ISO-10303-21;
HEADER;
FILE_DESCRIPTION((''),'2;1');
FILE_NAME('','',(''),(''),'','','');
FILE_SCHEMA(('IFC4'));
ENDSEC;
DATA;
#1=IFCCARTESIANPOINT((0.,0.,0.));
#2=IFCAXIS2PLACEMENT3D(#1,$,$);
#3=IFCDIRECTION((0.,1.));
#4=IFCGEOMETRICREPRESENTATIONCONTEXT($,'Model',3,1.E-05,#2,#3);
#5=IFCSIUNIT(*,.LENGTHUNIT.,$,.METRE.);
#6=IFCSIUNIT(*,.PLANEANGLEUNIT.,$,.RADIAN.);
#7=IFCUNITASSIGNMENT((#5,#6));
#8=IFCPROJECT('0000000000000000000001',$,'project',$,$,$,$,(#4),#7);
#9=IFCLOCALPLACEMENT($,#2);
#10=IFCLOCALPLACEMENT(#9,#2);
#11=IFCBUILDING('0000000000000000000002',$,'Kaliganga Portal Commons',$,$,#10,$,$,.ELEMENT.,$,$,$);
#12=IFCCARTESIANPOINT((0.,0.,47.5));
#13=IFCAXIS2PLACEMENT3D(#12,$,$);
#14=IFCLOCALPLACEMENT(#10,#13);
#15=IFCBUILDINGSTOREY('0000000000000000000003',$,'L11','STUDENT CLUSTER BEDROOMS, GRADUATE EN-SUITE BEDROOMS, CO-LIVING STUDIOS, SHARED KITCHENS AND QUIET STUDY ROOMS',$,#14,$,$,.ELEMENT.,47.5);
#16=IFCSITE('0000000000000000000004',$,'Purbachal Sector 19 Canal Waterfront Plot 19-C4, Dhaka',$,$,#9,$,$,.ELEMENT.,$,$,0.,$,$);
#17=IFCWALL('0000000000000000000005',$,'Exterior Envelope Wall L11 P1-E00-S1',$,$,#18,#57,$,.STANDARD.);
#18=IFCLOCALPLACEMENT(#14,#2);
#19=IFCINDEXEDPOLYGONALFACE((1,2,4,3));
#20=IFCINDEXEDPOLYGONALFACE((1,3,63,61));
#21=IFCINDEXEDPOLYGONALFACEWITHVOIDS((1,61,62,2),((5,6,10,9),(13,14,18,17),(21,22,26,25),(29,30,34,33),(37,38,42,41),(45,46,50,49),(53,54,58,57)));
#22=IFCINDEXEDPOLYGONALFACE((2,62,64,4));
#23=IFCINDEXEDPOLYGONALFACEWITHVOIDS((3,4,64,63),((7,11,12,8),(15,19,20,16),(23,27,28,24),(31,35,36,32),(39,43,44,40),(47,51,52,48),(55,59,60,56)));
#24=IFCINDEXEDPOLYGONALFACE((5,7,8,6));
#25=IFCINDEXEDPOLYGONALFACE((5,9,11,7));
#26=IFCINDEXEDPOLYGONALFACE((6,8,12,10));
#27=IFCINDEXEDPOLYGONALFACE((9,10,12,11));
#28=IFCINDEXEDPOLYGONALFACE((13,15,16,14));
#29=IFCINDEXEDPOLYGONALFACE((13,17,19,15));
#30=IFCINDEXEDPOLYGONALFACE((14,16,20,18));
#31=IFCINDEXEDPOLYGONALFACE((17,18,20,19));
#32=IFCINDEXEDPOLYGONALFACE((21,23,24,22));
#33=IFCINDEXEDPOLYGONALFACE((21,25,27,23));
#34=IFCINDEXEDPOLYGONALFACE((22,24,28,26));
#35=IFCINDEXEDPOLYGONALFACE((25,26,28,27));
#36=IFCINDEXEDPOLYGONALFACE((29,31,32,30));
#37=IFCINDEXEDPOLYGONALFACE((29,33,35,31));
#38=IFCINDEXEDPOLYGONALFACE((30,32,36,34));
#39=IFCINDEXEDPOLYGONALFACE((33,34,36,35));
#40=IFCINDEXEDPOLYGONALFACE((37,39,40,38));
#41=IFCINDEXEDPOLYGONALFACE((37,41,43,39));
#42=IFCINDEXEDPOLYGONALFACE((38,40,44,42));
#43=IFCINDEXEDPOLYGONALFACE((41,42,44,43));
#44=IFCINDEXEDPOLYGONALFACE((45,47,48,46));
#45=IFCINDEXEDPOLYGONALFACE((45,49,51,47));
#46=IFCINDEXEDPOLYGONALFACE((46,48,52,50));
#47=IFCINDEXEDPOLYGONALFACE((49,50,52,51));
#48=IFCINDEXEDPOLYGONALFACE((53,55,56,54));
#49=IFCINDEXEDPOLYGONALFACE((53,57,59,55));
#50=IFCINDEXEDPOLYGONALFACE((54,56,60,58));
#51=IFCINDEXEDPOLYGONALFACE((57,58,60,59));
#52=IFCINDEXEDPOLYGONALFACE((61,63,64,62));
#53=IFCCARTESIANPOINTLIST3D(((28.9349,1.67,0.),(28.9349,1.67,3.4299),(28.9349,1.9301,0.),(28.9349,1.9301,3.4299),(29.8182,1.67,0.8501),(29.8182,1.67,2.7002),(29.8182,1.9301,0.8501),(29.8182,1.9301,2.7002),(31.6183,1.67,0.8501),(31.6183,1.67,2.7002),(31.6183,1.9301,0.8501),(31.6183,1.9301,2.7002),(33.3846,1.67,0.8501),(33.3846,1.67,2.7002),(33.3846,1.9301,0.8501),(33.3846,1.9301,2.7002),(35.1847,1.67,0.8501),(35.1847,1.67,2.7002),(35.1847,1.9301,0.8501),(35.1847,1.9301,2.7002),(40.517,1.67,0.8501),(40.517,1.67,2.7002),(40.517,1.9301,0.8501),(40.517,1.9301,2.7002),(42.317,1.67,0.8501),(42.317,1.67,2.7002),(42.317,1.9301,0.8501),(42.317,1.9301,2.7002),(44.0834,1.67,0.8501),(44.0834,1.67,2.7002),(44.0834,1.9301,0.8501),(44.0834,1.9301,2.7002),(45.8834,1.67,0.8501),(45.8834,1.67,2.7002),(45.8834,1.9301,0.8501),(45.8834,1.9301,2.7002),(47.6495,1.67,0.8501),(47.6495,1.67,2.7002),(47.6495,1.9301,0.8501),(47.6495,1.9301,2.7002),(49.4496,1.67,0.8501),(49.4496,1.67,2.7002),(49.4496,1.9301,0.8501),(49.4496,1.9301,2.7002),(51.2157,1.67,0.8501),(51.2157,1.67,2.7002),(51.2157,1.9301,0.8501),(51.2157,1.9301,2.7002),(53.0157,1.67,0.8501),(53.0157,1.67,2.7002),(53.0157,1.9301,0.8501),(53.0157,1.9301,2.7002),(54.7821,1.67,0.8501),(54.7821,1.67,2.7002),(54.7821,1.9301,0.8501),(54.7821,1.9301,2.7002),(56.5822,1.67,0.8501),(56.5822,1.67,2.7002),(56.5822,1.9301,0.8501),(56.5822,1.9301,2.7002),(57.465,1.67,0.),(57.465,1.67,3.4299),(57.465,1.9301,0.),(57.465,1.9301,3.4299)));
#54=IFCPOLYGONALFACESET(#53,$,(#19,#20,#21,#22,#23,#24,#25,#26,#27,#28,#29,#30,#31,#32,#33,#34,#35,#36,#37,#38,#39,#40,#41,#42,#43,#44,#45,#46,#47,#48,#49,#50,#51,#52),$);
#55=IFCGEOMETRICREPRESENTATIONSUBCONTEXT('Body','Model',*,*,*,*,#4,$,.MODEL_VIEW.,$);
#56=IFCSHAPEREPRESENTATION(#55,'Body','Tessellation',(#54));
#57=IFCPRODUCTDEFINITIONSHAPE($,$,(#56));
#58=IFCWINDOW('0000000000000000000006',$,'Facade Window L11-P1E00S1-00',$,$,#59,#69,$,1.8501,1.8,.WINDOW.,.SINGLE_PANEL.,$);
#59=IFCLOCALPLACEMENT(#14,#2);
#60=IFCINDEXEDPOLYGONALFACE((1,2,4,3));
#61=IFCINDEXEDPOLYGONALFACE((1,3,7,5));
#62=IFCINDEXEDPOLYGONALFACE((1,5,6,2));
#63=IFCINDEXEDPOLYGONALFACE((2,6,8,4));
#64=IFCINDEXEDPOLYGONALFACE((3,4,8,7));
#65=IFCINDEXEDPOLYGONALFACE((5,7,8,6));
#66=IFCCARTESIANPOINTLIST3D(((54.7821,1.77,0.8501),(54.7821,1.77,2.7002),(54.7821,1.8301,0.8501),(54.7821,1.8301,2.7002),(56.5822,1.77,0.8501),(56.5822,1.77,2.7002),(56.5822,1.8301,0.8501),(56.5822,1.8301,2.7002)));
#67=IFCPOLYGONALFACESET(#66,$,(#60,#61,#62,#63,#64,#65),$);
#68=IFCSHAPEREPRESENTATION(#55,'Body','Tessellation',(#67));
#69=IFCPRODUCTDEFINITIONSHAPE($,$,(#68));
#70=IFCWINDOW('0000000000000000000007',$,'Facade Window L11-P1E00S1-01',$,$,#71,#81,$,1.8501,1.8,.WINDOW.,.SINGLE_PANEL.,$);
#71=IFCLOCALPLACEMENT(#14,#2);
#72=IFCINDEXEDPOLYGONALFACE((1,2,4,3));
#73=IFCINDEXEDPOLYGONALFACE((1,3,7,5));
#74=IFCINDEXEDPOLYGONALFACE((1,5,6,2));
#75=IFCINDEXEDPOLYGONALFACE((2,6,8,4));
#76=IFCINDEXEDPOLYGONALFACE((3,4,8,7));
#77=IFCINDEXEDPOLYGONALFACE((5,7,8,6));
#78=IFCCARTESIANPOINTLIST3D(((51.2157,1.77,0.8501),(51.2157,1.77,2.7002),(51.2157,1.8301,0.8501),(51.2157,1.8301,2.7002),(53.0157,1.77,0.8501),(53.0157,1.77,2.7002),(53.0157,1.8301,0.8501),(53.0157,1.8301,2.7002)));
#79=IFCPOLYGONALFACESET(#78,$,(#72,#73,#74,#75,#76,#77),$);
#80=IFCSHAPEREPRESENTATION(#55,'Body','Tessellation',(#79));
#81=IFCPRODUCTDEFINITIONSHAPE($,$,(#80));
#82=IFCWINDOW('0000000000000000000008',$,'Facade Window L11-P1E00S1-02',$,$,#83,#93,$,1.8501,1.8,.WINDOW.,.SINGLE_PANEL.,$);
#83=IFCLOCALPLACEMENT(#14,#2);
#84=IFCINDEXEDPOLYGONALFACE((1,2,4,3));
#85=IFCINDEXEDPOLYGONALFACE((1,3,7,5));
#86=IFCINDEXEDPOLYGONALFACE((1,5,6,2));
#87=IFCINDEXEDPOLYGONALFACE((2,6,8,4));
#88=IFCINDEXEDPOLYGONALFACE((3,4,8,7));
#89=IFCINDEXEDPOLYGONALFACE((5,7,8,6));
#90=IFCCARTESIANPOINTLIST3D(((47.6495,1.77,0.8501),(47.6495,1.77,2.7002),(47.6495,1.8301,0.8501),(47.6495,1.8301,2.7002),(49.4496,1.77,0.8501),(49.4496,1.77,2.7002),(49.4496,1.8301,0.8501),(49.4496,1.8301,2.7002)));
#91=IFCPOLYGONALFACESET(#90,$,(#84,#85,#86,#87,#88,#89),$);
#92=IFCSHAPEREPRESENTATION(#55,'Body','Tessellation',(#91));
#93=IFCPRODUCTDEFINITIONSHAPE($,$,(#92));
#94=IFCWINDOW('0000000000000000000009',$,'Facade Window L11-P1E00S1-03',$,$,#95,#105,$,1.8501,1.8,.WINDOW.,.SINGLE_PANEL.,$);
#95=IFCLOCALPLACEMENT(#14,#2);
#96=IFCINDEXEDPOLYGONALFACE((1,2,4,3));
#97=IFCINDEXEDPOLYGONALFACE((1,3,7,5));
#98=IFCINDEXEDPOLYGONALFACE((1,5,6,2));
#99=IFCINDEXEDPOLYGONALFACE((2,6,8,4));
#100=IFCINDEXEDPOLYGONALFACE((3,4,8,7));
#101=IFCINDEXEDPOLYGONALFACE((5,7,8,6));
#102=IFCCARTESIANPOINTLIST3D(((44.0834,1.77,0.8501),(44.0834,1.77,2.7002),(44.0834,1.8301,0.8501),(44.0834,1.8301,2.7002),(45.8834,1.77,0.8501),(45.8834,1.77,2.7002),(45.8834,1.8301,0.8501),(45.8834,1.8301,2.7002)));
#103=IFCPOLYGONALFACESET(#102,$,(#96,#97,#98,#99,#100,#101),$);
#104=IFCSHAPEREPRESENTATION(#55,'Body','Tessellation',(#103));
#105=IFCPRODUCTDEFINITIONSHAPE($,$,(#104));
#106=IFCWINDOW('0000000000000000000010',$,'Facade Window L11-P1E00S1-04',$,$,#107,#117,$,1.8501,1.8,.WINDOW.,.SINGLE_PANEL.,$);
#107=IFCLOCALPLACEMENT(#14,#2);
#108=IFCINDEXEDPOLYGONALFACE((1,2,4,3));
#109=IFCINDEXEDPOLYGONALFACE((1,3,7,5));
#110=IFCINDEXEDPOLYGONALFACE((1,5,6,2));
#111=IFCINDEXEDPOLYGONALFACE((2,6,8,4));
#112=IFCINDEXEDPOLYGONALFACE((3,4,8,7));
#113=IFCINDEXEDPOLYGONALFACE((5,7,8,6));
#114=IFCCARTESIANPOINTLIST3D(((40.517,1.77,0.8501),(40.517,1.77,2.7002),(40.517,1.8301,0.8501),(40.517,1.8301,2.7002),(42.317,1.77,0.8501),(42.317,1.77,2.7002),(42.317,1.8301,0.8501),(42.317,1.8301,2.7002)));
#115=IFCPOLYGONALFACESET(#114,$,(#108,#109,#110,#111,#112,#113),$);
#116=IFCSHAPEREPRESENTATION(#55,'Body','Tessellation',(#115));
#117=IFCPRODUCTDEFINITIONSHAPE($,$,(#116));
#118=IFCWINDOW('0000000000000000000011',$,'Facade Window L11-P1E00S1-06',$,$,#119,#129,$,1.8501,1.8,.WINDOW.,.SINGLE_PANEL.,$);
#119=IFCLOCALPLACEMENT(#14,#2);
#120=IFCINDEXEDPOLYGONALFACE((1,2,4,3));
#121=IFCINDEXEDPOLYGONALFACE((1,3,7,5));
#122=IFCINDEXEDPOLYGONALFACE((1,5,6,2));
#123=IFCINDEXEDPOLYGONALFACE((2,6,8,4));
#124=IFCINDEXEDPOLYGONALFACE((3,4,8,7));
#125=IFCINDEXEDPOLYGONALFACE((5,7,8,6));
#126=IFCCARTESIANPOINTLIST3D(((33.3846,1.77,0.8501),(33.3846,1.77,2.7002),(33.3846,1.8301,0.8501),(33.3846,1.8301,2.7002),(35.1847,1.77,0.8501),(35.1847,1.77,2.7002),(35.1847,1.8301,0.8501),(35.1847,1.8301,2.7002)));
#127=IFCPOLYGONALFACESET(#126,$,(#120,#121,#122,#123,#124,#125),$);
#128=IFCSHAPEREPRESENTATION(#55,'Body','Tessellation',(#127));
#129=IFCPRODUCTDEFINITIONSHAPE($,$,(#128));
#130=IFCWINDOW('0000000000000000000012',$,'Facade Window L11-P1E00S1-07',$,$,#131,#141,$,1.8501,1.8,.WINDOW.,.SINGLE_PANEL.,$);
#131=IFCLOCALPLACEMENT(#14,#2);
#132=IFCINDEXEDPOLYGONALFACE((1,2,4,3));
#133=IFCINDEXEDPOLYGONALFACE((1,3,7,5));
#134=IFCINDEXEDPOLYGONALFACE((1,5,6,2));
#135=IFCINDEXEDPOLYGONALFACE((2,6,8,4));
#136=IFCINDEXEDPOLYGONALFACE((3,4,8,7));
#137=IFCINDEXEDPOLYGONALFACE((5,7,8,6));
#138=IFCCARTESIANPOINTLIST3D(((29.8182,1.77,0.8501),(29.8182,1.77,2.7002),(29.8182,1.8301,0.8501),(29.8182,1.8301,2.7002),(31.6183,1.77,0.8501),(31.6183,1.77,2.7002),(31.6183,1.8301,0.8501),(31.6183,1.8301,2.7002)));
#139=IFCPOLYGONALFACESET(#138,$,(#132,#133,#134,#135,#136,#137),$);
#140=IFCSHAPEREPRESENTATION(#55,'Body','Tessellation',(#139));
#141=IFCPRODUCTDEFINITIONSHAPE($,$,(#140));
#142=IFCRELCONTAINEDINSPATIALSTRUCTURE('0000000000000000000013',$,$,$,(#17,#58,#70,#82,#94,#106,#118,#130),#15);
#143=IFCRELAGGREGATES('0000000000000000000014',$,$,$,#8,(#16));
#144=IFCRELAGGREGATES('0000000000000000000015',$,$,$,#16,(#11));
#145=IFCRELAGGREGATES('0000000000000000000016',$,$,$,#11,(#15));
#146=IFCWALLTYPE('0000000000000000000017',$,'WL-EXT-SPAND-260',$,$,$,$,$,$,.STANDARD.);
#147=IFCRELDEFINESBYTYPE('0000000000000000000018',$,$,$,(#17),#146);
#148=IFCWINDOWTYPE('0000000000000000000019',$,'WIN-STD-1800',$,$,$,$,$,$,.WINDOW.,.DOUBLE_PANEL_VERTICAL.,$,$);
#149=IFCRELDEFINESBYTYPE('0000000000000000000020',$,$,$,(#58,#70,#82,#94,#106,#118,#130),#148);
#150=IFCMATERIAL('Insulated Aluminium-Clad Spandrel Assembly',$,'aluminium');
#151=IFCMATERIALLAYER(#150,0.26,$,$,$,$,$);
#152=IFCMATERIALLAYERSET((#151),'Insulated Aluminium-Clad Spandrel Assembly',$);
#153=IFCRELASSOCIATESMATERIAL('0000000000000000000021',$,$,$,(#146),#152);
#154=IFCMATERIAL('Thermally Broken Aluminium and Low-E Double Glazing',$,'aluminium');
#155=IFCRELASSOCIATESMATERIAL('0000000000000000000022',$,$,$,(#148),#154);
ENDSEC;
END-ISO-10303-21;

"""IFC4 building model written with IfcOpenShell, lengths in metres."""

from ifc_helpers import new_model, si_unit, direction, frame, frame_2d, origin, place, context, subcontext, project, spatial, rectangle, extrude, material, layer, layer_set, type_object, element, fill, save


model = new_model("IFC4")

# Units and contexts
model_context = context("Model", 3, precision=1e-05, world=origin(), true_north=direction((0.0, 1.0)))
body_context = subcontext(model_context, "Body", "Model", "MODEL_VIEW")
ifc_project = project(units=[si_unit("LENGTHUNIT", "METRE"), si_unit("PLANEANGLEUNIT", "RADIAN")], contexts=[model_context])

# Site, building, storey
site_placement = place(None, origin())
site = spatial("IfcSite", under=ifc_project, at=site_placement, Name="Purbachal Sector 19 Canal Waterfront Plot 19-C4, Dhaka", CompositionType="ELEMENT", RefElevation=0.0)
building_placement = place(site_placement, origin())
building = spatial("IfcBuilding", under=site, at=building_placement, Name="Kaliganga Portal Commons", CompositionType="ELEMENT")
storey_placement = place(building_placement, frame((0.0, 0.0, 47.5)))
storey = spatial("IfcBuildingStorey", under=building, at=storey_placement, Name="L11", Description="STUDENT CLUSTER BEDROOMS, GRADUATE EN-SUITE BEDROOMS, CO-LIVING STUDIOS, SHARED KITCHENS AND QUIET STUDY ROOMS", CompositionType="ELEMENT", Elevation=47.5)

# Wall, openings, windows
ifc_material_1 = material(Name="Insulated Aluminium-Clad Spandrel Assembly", Category="aluminium")
ifc_layer_1 = layer(ifc_material_1, 0.26)
ifc_layer_set_1 = layer_set([ifc_layer_1], Name="Insulated Aluminium-Clad Spandrel Assembly")
wall_type_1 = type_object("IfcWallType", Name="WL-EXT-SPAND-260", PredefinedType="STANDARD", material=ifc_layer_set_1)
wall_1_placement = place(storey_placement, frame((57.4651, 1.8, 0.0), z_axis=(0.0, 0.0, 1.0), x_axis=(-1.0, 0.0, 0.0)))
wall_1 = element("IfcWall", 1, at=wall_1_placement, inside=storey, type_object=wall_type_1, Name="Exterior Envelope Wall L11 P1-E00-S1", PredefinedType="STANDARD", context=body_context, shape_type="SweptSolid", body=[
    extrude(rectangle(XDim=28.53, YDim=0.26, at=frame_2d((14.2651, 0.0))), origin(), (0.0, 0.0, 1.0), 3.4299),
])
opening_1_placement = place(wall_1_placement, frame((0.8831, 0.0, 0.8501)))
opening_1 = element("IfcOpeningElement", 2, at=opening_1_placement, cuts=wall_1, PredefinedType="OPENING", context=body_context, shape_type="SweptSolid", body=[
    extrude(rectangle(XDim=1.8, YDim=1.8501, at=frame_2d((0.8999, 0.925))), frame((0.0, 0.1401, 0.0), z_axis=(0.0, -1.0, 0.0), x_axis=(1.0, 0.0, 0.0)), (0.0, 0.0, 1.0), 0.28),
])
opening_2_placement = place(wall_1_placement, frame((4.4495, 0.0, 0.8501)))
opening_2 = element("IfcOpeningElement", 3, at=opening_2_placement, cuts=wall_1, PredefinedType="OPENING", context=body_context, shape_type="SweptSolid", body=[
    extrude(rectangle(XDim=1.8, YDim=1.8501, at=frame_2d((0.8999, 0.925))), frame((0.0, 0.1401, 0.0), z_axis=(0.0, -1.0, 0.0), x_axis=(1.0, 0.0, 0.0)), (0.0, 0.0, 1.0), 0.28),
])
opening_3_placement = place(wall_1_placement, frame((8.0156, 0.0, 0.8501)))
opening_3 = element("IfcOpeningElement", 4, at=opening_3_placement, cuts=wall_1, PredefinedType="OPENING", context=body_context, shape_type="SweptSolid", body=[
    extrude(rectangle(XDim=1.8, YDim=1.8501, at=frame_2d((0.8999, 0.925))), frame((0.0, 0.1401, 0.0), z_axis=(0.0, -1.0, 0.0), x_axis=(1.0, 0.0, 0.0)), (0.0, 0.0, 1.0), 0.28),
])
opening_4_placement = place(wall_1_placement, frame((11.5818, 0.0, 0.8501)))
opening_4 = element("IfcOpeningElement", 5, at=opening_4_placement, cuts=wall_1, PredefinedType="OPENING", context=body_context, shape_type="SweptSolid", body=[
    extrude(rectangle(XDim=1.8, YDim=1.8501, at=frame_2d((0.8999, 0.925))), frame((0.0, 0.1401, 0.0), z_axis=(0.0, -1.0, 0.0), x_axis=(1.0, 0.0, 0.0)), (0.0, 0.0, 1.0), 0.28),
])
opening_5_placement = place(wall_1_placement, frame((15.1482, 0.0, 0.8501)))
opening_5 = element("IfcOpeningElement", 6, at=opening_5_placement, cuts=wall_1, PredefinedType="OPENING", context=body_context, shape_type="SweptSolid", body=[
    extrude(rectangle(XDim=1.8, YDim=1.8501, at=frame_2d((0.8999, 0.925))), frame((0.0, 0.1401, 0.0), z_axis=(0.0, -1.0, 0.0), x_axis=(1.0, 0.0, 0.0)), (0.0, 0.0, 1.0), 0.28),
])
opening_6_placement = place(wall_1_placement, frame((22.2805, 0.0, 0.8501)))
opening_6 = element("IfcOpeningElement", 7, at=opening_6_placement, cuts=wall_1, PredefinedType="OPENING", context=body_context, shape_type="SweptSolid", body=[
    extrude(rectangle(XDim=1.8, YDim=1.8501, at=frame_2d((0.8999, 0.925))), frame((0.0, 0.1401, 0.0), z_axis=(0.0, -1.0, 0.0), x_axis=(1.0, 0.0, 0.0)), (0.0, 0.0, 1.0), 0.28),
])
opening_7_placement = place(wall_1_placement, frame((25.8469, 0.0, 0.8501)))
opening_7 = element("IfcOpeningElement", 8, at=opening_7_placement, cuts=wall_1, PredefinedType="OPENING", context=body_context, shape_type="SweptSolid", body=[
    extrude(rectangle(XDim=1.8, YDim=1.8501, at=frame_2d((0.8999, 0.925))), frame((0.0, 0.1401, 0.0), z_axis=(0.0, -1.0, 0.0), x_axis=(1.0, 0.0, 0.0)), (0.0, 0.0, 1.0), 0.28),
])
ifc_material_2 = material(Name="Thermally Broken Aluminium and Low-E Double Glazing", Category="aluminium")
window_type = type_object("IfcWindowType", Name="WIN-STD-1800", PartitioningType="DOUBLE_PANEL_VERTICAL", PredefinedType="WINDOW", material=ifc_material_2)
window_1_placement = place(opening_1_placement, origin())
window_1 = element("IfcWindow", 9, at=window_1_placement, inside=storey, type_object=window_type, Name="Facade Window L11-P1E00S1-00", OverallHeight=1.8501, OverallWidth=1.8, PartitioningType="SINGLE_PANEL", PredefinedType="WINDOW", context=body_context, shape_type="SweptSolid", body=[
    extrude(rectangle(XDim=1.8, YDim=1.8501, at=frame_2d((0.8999, 0.925))), frame((0.0, 0.03, 0.0), z_axis=(0.0, -1.0, 0.0), x_axis=(1.0, 0.0, 0.0)), (0.0, 0.0, 1.0), 0.0601),
])
fill(opening_1, window_1)
window_2_placement = place(opening_2_placement, origin())
window_2 = element("IfcWindow", 10, at=window_2_placement, inside=storey, type_object=window_type, Name="Facade Window L11-P1E00S1-01", OverallHeight=1.8501, OverallWidth=1.8, PartitioningType="SINGLE_PANEL", PredefinedType="WINDOW", context=body_context, shape_type="SweptSolid", body=[
    extrude(rectangle(XDim=1.8, YDim=1.8501, at=frame_2d((0.8999, 0.925))), frame((0.0, 0.03, 0.0), z_axis=(0.0, -1.0, 0.0), x_axis=(1.0, 0.0, 0.0)), (0.0, 0.0, 1.0), 0.0601),
])
fill(opening_2, window_2)
window_3_placement = place(opening_3_placement, origin())
window_3 = element("IfcWindow", 11, at=window_3_placement, inside=storey, type_object=window_type, Name="Facade Window L11-P1E00S1-02", OverallHeight=1.8501, OverallWidth=1.8, PartitioningType="SINGLE_PANEL", PredefinedType="WINDOW", context=body_context, shape_type="SweptSolid", body=[
    extrude(rectangle(XDim=1.8, YDim=1.8501, at=frame_2d((0.8999, 0.925))), frame((0.0, 0.03, 0.0), z_axis=(0.0, -1.0, 0.0), x_axis=(1.0, 0.0, 0.0)), (0.0, 0.0, 1.0), 0.0601),
])
fill(opening_3, window_3)
window_4_placement = place(opening_4_placement, origin())
window_4 = element("IfcWindow", 12, at=window_4_placement, inside=storey, type_object=window_type, Name="Facade Window L11-P1E00S1-03", OverallHeight=1.8501, OverallWidth=1.8, PartitioningType="SINGLE_PANEL", PredefinedType="WINDOW", context=body_context, shape_type="SweptSolid", body=[
    extrude(rectangle(XDim=1.8, YDim=1.8501, at=frame_2d((0.8999, 0.925))), frame((0.0, 0.03, 0.0), z_axis=(0.0, -1.0, 0.0), x_axis=(1.0, 0.0, 0.0)), (0.0, 0.0, 1.0), 0.0601),
])
fill(opening_4, window_4)
window_5_placement = place(opening_5_placement, origin())
window_5 = element("IfcWindow", 13, at=window_5_placement, inside=storey, type_object=window_type, Name="Facade Window L11-P1E00S1-04", OverallHeight=1.8501, OverallWidth=1.8, PartitioningType="SINGLE_PANEL", PredefinedType="WINDOW", context=body_context, shape_type="SweptSolid", body=[
    extrude(rectangle(XDim=1.8, YDim=1.8501, at=frame_2d((0.8999, 0.925))), frame((0.0, 0.03, 0.0), z_axis=(0.0, -1.0, 0.0), x_axis=(1.0, 0.0, 0.0)), (0.0, 0.0, 1.0), 0.0601),
])
fill(opening_5, window_5)
window_6_placement = place(opening_6_placement, origin())
window_6 = element("IfcWindow", 14, at=window_6_placement, inside=storey, type_object=window_type, Name="Facade Window L11-P1E00S1-06", OverallHeight=1.8501, OverallWidth=1.8, PartitioningType="SINGLE_PANEL", PredefinedType="WINDOW", context=body_context, shape_type="SweptSolid", body=[
    extrude(rectangle(XDim=1.8, YDim=1.8501, at=frame_2d((0.8999, 0.925))), frame((0.0, 0.03, 0.0), z_axis=(0.0, -1.0, 0.0), x_axis=(1.0, 0.0, 0.0)), (0.0, 0.0, 1.0), 0.0601),
])
fill(opening_6, window_6)
window_7_placement = place(opening_7_placement, origin())
window_7 = element("IfcWindow", 15, at=window_7_placement, inside=storey, type_object=window_type, Name="Facade Window L11-P1E00S1-07", OverallHeight=1.8501, OverallWidth=1.8, PartitioningType="SINGLE_PANEL", PredefinedType="WINDOW", context=body_context, shape_type="SweptSolid", body=[
    extrude(rectangle(XDim=1.8, YDim=1.8501, at=frame_2d((0.8999, 0.925))), frame((0.0, 0.03, 0.0), z_axis=(0.0, -1.0, 0.0), x_axis=(1.0, 0.0, 0.0)), (0.0, 0.0, 1.0), 0.0601),
])
fill(opening_7, window_7)

save(model, "model.ifc")
